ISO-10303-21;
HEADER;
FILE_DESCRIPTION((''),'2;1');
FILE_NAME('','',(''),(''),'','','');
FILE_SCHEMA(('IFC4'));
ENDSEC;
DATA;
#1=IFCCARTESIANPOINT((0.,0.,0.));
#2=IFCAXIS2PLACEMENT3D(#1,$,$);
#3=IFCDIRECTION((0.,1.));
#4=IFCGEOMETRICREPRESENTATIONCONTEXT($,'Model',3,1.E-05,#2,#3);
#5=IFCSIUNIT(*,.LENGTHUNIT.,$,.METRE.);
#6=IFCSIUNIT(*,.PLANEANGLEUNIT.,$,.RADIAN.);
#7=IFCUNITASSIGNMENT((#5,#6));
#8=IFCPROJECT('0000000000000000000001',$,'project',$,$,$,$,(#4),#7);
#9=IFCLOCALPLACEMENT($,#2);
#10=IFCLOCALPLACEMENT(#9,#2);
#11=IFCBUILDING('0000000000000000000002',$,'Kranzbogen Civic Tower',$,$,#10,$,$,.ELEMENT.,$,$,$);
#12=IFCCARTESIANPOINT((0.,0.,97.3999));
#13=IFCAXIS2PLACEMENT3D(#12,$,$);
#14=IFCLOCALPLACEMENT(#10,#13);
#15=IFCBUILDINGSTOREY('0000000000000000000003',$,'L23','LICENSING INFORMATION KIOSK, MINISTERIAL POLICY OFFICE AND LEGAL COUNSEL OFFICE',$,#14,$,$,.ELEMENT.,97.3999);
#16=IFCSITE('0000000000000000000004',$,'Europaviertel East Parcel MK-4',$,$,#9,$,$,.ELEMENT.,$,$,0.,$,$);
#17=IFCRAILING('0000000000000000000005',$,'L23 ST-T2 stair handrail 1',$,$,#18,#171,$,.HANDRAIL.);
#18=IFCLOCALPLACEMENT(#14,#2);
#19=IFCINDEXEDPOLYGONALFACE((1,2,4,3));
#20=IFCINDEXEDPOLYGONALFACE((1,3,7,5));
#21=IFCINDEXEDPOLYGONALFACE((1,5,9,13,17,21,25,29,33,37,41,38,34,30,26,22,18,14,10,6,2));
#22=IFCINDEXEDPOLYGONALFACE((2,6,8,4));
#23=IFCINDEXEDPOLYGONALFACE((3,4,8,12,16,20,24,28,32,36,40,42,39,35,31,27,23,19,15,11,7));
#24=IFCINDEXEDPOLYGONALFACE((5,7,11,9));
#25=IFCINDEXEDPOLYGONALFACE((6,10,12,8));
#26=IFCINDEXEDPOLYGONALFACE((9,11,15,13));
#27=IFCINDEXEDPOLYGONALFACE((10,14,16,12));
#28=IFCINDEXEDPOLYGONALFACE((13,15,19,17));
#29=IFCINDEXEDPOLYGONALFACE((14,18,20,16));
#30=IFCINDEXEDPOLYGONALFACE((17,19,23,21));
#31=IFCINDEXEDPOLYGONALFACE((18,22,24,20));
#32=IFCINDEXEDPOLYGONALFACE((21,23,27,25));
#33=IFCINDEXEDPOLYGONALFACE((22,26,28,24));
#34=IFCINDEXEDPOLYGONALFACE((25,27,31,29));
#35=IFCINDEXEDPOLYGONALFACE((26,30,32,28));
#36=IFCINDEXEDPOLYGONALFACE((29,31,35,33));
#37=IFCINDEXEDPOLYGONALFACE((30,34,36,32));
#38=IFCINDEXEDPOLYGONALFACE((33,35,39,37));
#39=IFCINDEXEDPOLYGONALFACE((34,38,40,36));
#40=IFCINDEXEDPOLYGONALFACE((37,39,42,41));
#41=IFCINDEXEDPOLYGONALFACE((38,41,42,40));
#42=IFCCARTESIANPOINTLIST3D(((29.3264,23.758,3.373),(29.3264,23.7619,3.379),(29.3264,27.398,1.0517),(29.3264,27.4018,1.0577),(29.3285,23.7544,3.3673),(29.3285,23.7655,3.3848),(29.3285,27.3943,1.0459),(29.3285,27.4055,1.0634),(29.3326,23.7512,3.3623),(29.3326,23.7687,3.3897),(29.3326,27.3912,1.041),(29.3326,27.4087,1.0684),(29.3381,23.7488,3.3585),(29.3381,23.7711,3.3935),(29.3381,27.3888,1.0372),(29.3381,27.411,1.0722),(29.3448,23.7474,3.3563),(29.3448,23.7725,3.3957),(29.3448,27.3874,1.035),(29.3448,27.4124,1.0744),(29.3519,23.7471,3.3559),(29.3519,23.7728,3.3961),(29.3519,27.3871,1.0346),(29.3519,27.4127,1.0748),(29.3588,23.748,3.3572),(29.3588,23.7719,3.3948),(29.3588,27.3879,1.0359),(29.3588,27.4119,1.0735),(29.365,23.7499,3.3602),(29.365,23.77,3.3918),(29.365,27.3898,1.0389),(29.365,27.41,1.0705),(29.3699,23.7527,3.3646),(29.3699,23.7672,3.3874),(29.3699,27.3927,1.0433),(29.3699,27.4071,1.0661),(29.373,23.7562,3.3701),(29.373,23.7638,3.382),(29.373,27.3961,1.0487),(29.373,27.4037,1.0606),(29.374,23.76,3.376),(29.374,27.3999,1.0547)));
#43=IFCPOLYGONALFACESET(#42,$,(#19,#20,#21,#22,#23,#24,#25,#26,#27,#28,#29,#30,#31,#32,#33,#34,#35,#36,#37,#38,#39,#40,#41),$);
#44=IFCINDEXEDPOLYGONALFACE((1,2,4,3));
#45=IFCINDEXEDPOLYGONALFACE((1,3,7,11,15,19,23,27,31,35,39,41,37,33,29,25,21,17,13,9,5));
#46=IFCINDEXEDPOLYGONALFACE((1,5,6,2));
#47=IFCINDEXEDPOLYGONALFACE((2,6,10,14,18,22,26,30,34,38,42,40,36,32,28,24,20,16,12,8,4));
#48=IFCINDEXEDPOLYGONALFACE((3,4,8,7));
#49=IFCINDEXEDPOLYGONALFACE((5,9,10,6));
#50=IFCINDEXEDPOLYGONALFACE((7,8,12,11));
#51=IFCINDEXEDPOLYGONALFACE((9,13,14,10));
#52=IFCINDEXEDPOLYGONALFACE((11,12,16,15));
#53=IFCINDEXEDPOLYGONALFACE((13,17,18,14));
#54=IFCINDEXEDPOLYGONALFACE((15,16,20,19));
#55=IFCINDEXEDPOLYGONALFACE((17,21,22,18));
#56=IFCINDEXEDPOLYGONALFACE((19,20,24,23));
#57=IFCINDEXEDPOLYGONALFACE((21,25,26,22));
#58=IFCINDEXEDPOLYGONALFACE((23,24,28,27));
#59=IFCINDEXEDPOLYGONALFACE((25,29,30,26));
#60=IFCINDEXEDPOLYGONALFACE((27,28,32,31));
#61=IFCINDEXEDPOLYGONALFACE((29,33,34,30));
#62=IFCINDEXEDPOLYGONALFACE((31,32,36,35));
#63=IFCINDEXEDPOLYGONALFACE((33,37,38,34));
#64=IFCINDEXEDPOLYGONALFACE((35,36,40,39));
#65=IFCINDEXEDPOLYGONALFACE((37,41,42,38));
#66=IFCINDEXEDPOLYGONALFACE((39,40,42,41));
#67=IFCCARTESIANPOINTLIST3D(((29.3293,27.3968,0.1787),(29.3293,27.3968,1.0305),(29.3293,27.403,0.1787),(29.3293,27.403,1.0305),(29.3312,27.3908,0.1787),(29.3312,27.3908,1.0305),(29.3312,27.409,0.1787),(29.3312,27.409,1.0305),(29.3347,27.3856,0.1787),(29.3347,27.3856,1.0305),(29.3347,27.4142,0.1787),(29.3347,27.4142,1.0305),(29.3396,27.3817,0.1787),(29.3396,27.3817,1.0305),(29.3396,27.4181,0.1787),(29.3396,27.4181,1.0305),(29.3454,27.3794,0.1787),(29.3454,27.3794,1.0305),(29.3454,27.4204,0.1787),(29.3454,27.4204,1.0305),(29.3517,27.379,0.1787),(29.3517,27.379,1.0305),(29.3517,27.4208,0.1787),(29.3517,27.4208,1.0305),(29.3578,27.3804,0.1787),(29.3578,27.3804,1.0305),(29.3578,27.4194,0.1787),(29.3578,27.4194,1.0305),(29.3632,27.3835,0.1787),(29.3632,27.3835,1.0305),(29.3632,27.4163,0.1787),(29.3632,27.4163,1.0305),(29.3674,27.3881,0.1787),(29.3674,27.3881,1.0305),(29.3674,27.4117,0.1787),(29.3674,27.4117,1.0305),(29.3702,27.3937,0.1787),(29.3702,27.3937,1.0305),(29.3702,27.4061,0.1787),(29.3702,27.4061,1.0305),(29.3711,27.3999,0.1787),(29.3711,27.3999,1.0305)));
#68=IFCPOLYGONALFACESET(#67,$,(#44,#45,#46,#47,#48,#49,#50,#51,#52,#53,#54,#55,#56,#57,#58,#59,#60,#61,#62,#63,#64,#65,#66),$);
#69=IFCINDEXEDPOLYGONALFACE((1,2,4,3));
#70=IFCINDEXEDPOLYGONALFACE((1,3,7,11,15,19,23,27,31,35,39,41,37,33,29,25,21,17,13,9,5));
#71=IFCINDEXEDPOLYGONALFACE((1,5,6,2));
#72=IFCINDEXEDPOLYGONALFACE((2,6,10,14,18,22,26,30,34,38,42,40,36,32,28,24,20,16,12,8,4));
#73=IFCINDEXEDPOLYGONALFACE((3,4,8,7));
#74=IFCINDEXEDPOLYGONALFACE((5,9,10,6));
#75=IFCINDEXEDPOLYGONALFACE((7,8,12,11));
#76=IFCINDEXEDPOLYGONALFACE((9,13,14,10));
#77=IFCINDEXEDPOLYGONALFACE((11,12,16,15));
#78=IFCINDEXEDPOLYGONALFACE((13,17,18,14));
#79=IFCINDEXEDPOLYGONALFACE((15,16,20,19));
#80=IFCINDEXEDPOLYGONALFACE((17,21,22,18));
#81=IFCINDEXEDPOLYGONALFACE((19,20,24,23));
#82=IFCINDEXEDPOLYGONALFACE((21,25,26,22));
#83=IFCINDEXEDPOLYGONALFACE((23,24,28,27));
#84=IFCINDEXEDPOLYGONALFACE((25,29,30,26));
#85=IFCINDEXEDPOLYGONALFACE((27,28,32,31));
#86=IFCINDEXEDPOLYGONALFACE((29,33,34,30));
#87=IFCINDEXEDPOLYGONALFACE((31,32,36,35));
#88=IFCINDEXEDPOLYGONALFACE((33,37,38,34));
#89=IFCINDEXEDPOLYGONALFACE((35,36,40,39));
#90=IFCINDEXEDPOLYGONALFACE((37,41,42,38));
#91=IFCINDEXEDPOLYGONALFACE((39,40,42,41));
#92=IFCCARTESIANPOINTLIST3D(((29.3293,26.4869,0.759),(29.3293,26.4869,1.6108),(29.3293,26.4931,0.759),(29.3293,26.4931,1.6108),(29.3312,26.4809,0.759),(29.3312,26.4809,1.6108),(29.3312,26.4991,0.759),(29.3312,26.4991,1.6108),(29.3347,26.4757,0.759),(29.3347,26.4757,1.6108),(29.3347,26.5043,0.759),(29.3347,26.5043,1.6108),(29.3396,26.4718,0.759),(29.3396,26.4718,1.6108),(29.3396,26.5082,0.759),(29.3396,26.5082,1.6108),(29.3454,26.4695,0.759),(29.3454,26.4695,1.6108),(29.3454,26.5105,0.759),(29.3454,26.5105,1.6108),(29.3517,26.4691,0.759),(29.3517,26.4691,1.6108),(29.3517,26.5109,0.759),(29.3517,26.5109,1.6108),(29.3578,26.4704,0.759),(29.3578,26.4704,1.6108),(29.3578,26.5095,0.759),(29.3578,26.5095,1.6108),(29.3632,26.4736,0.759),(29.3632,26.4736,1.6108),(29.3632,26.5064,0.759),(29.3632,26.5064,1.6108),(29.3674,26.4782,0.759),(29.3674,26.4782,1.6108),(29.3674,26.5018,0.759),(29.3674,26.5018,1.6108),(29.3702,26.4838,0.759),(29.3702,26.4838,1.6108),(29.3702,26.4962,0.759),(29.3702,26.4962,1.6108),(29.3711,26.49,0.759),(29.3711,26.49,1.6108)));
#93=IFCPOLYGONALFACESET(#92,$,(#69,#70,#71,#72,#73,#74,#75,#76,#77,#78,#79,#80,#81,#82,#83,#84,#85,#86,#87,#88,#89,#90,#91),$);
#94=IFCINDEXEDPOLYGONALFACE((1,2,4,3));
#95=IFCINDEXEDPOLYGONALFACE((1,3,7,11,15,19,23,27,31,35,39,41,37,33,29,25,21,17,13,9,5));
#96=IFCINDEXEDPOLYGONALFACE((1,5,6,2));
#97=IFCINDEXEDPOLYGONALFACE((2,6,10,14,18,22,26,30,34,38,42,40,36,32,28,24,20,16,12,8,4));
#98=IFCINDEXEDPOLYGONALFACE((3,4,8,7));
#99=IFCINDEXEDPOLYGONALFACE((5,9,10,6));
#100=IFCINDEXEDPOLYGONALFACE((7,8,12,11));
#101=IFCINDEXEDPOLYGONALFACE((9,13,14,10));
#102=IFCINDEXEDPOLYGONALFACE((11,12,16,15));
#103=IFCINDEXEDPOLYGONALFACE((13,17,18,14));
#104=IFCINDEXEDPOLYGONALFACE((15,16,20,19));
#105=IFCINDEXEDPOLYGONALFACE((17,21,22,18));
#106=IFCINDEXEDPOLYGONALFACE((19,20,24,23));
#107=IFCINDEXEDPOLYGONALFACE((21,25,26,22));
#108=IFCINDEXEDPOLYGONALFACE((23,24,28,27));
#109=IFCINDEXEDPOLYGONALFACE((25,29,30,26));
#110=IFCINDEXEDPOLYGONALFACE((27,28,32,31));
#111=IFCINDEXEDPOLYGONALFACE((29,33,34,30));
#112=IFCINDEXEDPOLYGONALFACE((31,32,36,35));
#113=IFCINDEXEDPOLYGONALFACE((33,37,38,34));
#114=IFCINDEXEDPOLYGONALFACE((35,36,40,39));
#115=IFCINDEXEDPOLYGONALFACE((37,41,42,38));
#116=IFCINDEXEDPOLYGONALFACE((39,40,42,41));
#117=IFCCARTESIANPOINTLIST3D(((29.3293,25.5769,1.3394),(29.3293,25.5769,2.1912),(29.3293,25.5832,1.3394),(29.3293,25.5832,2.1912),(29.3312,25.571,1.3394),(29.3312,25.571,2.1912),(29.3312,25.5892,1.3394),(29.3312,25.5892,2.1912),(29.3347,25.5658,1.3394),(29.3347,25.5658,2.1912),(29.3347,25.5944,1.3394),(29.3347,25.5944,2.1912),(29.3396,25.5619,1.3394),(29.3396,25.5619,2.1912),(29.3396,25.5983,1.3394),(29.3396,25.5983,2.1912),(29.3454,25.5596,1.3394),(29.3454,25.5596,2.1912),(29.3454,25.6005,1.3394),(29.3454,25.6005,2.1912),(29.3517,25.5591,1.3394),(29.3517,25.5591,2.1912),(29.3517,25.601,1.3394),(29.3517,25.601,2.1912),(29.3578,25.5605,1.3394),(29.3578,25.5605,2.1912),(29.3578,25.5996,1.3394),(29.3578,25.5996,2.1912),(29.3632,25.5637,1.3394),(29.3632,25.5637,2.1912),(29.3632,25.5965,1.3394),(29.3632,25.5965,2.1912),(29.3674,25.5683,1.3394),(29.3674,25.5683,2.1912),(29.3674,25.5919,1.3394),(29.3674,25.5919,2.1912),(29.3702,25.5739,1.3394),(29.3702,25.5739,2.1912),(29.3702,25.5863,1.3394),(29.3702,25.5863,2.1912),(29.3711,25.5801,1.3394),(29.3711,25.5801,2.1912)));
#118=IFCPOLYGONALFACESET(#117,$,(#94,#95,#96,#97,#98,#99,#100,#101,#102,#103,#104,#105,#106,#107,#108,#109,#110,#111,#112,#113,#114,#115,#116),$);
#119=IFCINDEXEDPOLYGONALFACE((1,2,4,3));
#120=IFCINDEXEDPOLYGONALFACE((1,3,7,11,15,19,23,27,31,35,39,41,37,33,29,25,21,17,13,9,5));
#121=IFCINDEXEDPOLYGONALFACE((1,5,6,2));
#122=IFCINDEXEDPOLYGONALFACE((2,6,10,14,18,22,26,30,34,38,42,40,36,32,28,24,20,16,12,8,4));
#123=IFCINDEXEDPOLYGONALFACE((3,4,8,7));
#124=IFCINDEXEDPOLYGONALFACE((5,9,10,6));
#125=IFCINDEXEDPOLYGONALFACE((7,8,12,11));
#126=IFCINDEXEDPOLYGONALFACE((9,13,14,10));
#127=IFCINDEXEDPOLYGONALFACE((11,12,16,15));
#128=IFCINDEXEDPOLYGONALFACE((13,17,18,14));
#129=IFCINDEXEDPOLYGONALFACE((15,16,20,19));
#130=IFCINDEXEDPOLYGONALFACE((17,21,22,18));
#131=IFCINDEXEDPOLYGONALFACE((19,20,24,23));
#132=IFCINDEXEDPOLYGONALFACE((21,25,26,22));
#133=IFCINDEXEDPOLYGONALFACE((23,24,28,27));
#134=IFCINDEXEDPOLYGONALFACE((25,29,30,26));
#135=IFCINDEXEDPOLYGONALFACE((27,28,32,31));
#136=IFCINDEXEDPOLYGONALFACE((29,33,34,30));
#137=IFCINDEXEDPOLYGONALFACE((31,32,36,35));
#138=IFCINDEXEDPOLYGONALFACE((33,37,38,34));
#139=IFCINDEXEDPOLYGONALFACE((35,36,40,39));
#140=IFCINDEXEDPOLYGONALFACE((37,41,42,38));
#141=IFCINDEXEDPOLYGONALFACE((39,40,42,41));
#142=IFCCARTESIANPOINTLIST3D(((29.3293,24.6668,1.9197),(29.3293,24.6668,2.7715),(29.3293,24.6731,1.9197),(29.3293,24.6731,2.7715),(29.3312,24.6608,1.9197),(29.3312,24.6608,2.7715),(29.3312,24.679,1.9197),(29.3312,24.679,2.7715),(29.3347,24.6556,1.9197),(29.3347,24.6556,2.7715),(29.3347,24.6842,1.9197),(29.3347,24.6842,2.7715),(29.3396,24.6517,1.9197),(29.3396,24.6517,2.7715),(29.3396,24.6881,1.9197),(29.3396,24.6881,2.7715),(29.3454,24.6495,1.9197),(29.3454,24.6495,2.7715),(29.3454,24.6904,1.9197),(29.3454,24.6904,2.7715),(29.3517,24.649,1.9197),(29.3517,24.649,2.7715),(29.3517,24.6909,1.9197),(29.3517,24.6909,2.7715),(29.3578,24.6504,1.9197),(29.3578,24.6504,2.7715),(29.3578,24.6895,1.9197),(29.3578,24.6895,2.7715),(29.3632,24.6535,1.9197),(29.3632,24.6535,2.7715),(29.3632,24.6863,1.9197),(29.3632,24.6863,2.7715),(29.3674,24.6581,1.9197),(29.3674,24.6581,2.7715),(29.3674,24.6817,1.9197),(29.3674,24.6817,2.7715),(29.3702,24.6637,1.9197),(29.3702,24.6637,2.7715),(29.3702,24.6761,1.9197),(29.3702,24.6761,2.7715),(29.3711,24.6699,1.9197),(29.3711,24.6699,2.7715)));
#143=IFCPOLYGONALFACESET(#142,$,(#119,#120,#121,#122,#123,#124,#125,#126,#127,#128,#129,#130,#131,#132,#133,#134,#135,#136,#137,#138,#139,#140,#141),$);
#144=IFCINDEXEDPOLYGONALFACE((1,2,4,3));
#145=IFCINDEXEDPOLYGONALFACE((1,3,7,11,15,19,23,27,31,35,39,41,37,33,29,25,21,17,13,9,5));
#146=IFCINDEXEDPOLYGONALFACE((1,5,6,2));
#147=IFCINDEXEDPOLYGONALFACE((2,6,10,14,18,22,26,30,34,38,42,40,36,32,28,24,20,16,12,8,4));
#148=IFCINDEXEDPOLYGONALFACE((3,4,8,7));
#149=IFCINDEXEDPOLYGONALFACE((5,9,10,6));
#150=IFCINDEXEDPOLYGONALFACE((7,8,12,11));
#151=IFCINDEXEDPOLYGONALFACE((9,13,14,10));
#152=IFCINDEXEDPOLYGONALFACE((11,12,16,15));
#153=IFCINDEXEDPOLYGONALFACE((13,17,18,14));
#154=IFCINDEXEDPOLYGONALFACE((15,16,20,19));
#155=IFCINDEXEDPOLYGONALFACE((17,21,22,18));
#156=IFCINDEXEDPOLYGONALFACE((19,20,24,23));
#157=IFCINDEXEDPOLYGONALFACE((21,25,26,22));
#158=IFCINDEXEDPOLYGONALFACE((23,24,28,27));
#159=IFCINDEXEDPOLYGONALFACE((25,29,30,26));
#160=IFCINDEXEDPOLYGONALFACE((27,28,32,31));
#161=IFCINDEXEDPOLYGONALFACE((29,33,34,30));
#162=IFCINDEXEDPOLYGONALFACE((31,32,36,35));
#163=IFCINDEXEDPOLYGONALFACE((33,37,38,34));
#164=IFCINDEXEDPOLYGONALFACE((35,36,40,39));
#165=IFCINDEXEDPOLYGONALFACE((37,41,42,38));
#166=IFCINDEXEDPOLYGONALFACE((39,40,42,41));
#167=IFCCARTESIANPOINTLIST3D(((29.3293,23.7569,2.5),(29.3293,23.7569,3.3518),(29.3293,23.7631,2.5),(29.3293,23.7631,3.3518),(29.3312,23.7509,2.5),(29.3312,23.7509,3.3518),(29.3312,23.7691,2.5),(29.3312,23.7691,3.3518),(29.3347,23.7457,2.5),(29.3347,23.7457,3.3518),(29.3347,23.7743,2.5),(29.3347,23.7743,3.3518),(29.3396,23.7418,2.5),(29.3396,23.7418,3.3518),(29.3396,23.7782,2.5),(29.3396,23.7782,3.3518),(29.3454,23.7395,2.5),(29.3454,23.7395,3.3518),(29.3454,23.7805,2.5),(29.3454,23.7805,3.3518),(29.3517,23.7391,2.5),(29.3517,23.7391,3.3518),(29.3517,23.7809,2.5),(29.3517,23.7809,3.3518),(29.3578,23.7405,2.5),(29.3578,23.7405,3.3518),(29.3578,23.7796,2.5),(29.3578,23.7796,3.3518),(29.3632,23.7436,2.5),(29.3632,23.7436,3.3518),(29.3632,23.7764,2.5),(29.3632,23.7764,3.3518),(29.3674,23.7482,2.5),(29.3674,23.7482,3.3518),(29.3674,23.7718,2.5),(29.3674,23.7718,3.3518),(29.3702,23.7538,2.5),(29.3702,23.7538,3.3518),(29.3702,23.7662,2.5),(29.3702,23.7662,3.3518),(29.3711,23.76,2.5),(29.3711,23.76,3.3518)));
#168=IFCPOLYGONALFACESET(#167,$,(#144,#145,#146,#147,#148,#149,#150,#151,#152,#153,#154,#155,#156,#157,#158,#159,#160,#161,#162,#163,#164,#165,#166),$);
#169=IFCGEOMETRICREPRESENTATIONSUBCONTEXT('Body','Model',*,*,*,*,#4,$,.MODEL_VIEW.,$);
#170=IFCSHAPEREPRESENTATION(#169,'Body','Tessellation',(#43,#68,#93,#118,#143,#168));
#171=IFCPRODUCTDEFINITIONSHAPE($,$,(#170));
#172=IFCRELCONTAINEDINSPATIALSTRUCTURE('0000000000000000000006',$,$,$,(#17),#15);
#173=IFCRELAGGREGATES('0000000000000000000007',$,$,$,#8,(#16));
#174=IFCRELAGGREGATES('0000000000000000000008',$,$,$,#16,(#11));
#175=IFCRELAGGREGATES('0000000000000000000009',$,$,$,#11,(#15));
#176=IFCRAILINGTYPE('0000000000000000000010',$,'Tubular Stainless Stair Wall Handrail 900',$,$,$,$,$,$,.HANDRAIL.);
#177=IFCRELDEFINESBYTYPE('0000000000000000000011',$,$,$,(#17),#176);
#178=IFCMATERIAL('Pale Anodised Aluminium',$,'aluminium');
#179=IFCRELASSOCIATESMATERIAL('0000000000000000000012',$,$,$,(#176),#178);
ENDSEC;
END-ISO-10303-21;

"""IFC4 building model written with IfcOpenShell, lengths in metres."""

from ifc_helpers import new_model, si_unit, direction, frame, origin, origin_2d, place, context, subcontext, project, spatial, circle, extrude, material, type_object, element, save


model = new_model("IFC4")

# Units and contexts
model_context = context("Model", 3, precision=1e-05, world=origin(), true_north=direction((0.0, 1.0)))
body_context = subcontext(model_context, "Body", "Model", "MODEL_VIEW")
ifc_project = project(units=[si_unit("LENGTHUNIT", "METRE"), si_unit("PLANEANGLEUNIT", "RADIAN")], contexts=[model_context])

# Site, building, storey
site_placement = place(None, origin())
site = spatial("IfcSite", under=ifc_project, at=site_placement, Name="Europaviertel East Parcel MK-4", CompositionType="ELEMENT", RefElevation=0.0)
building_placement = place(site_placement, origin())
building = spatial("IfcBuilding", under=site, at=building_placement, Name="Kranzbogen Civic Tower", CompositionType="ELEMENT")
storey_placement = place(building_placement, frame((0.0, 0.0, 97.3999)))
storey = spatial("IfcBuildingStorey", under=building, at=storey_placement, Name="L23", Description="LICENSING INFORMATION KIOSK, MINISTERIAL POLICY OFFICE AND LEGAL COUNSEL OFFICE", CompositionType="ELEMENT", Elevation=97.3999)

# Shared definitions
ifc_material_1 = material(Name="Pale Anodised Aluminium", Category="aluminium")

# Railing
railing_type_1 = type_object("IfcRailingType", Name="Tubular Stainless Stair Wall Handrail 900", PredefinedType="HANDRAIL", material=ifc_material_1)
railing_1_placement = place(storey_placement, frame((29.3501, 27.3999, 0.1787)))
element("IfcRailing", 1, at=railing_1_placement, inside=storey, type_object=railing_type_1, Name="L23 ST-T2 stair handrail 1", PredefinedType="HANDRAIL", context=body_context, shape_type="SweptSolid", body=[
    extrude(circle(Radius=0.0239, at=origin_2d()), frame((0.0, 0.0, 0.876), z_axis=(0.0, -0.843137, 0.537699), x_axis=(1.0, 0.0, 0.0)), (0.0, 0.0, 1.0), 4.3171),
    extrude(circle(Radius=0.021, at=origin_2d()), origin(), (0.0, 0.0, 1.0), 0.8518),
    extrude(circle(Radius=0.021, at=origin_2d()), frame((0.0, -0.9099, 0.5803)), (0.0, 0.0, 1.0), 0.8518),
    extrude(circle(Radius=0.021, at=origin_2d()), frame((0.0, -1.8198, 1.1606)), (0.0, 0.0, 1.0), 0.8518),
    extrude(circle(Radius=0.021, at=origin_2d()), frame((0.0, -2.73, 1.741)), (0.0, 0.0, 1.0), 0.8518),
    extrude(circle(Radius=0.021, at=origin_2d()), frame((0.0, -3.6399, 2.3213)), (0.0, 0.0, 1.0), 0.8518),
])

save(model, "model.ifc")
